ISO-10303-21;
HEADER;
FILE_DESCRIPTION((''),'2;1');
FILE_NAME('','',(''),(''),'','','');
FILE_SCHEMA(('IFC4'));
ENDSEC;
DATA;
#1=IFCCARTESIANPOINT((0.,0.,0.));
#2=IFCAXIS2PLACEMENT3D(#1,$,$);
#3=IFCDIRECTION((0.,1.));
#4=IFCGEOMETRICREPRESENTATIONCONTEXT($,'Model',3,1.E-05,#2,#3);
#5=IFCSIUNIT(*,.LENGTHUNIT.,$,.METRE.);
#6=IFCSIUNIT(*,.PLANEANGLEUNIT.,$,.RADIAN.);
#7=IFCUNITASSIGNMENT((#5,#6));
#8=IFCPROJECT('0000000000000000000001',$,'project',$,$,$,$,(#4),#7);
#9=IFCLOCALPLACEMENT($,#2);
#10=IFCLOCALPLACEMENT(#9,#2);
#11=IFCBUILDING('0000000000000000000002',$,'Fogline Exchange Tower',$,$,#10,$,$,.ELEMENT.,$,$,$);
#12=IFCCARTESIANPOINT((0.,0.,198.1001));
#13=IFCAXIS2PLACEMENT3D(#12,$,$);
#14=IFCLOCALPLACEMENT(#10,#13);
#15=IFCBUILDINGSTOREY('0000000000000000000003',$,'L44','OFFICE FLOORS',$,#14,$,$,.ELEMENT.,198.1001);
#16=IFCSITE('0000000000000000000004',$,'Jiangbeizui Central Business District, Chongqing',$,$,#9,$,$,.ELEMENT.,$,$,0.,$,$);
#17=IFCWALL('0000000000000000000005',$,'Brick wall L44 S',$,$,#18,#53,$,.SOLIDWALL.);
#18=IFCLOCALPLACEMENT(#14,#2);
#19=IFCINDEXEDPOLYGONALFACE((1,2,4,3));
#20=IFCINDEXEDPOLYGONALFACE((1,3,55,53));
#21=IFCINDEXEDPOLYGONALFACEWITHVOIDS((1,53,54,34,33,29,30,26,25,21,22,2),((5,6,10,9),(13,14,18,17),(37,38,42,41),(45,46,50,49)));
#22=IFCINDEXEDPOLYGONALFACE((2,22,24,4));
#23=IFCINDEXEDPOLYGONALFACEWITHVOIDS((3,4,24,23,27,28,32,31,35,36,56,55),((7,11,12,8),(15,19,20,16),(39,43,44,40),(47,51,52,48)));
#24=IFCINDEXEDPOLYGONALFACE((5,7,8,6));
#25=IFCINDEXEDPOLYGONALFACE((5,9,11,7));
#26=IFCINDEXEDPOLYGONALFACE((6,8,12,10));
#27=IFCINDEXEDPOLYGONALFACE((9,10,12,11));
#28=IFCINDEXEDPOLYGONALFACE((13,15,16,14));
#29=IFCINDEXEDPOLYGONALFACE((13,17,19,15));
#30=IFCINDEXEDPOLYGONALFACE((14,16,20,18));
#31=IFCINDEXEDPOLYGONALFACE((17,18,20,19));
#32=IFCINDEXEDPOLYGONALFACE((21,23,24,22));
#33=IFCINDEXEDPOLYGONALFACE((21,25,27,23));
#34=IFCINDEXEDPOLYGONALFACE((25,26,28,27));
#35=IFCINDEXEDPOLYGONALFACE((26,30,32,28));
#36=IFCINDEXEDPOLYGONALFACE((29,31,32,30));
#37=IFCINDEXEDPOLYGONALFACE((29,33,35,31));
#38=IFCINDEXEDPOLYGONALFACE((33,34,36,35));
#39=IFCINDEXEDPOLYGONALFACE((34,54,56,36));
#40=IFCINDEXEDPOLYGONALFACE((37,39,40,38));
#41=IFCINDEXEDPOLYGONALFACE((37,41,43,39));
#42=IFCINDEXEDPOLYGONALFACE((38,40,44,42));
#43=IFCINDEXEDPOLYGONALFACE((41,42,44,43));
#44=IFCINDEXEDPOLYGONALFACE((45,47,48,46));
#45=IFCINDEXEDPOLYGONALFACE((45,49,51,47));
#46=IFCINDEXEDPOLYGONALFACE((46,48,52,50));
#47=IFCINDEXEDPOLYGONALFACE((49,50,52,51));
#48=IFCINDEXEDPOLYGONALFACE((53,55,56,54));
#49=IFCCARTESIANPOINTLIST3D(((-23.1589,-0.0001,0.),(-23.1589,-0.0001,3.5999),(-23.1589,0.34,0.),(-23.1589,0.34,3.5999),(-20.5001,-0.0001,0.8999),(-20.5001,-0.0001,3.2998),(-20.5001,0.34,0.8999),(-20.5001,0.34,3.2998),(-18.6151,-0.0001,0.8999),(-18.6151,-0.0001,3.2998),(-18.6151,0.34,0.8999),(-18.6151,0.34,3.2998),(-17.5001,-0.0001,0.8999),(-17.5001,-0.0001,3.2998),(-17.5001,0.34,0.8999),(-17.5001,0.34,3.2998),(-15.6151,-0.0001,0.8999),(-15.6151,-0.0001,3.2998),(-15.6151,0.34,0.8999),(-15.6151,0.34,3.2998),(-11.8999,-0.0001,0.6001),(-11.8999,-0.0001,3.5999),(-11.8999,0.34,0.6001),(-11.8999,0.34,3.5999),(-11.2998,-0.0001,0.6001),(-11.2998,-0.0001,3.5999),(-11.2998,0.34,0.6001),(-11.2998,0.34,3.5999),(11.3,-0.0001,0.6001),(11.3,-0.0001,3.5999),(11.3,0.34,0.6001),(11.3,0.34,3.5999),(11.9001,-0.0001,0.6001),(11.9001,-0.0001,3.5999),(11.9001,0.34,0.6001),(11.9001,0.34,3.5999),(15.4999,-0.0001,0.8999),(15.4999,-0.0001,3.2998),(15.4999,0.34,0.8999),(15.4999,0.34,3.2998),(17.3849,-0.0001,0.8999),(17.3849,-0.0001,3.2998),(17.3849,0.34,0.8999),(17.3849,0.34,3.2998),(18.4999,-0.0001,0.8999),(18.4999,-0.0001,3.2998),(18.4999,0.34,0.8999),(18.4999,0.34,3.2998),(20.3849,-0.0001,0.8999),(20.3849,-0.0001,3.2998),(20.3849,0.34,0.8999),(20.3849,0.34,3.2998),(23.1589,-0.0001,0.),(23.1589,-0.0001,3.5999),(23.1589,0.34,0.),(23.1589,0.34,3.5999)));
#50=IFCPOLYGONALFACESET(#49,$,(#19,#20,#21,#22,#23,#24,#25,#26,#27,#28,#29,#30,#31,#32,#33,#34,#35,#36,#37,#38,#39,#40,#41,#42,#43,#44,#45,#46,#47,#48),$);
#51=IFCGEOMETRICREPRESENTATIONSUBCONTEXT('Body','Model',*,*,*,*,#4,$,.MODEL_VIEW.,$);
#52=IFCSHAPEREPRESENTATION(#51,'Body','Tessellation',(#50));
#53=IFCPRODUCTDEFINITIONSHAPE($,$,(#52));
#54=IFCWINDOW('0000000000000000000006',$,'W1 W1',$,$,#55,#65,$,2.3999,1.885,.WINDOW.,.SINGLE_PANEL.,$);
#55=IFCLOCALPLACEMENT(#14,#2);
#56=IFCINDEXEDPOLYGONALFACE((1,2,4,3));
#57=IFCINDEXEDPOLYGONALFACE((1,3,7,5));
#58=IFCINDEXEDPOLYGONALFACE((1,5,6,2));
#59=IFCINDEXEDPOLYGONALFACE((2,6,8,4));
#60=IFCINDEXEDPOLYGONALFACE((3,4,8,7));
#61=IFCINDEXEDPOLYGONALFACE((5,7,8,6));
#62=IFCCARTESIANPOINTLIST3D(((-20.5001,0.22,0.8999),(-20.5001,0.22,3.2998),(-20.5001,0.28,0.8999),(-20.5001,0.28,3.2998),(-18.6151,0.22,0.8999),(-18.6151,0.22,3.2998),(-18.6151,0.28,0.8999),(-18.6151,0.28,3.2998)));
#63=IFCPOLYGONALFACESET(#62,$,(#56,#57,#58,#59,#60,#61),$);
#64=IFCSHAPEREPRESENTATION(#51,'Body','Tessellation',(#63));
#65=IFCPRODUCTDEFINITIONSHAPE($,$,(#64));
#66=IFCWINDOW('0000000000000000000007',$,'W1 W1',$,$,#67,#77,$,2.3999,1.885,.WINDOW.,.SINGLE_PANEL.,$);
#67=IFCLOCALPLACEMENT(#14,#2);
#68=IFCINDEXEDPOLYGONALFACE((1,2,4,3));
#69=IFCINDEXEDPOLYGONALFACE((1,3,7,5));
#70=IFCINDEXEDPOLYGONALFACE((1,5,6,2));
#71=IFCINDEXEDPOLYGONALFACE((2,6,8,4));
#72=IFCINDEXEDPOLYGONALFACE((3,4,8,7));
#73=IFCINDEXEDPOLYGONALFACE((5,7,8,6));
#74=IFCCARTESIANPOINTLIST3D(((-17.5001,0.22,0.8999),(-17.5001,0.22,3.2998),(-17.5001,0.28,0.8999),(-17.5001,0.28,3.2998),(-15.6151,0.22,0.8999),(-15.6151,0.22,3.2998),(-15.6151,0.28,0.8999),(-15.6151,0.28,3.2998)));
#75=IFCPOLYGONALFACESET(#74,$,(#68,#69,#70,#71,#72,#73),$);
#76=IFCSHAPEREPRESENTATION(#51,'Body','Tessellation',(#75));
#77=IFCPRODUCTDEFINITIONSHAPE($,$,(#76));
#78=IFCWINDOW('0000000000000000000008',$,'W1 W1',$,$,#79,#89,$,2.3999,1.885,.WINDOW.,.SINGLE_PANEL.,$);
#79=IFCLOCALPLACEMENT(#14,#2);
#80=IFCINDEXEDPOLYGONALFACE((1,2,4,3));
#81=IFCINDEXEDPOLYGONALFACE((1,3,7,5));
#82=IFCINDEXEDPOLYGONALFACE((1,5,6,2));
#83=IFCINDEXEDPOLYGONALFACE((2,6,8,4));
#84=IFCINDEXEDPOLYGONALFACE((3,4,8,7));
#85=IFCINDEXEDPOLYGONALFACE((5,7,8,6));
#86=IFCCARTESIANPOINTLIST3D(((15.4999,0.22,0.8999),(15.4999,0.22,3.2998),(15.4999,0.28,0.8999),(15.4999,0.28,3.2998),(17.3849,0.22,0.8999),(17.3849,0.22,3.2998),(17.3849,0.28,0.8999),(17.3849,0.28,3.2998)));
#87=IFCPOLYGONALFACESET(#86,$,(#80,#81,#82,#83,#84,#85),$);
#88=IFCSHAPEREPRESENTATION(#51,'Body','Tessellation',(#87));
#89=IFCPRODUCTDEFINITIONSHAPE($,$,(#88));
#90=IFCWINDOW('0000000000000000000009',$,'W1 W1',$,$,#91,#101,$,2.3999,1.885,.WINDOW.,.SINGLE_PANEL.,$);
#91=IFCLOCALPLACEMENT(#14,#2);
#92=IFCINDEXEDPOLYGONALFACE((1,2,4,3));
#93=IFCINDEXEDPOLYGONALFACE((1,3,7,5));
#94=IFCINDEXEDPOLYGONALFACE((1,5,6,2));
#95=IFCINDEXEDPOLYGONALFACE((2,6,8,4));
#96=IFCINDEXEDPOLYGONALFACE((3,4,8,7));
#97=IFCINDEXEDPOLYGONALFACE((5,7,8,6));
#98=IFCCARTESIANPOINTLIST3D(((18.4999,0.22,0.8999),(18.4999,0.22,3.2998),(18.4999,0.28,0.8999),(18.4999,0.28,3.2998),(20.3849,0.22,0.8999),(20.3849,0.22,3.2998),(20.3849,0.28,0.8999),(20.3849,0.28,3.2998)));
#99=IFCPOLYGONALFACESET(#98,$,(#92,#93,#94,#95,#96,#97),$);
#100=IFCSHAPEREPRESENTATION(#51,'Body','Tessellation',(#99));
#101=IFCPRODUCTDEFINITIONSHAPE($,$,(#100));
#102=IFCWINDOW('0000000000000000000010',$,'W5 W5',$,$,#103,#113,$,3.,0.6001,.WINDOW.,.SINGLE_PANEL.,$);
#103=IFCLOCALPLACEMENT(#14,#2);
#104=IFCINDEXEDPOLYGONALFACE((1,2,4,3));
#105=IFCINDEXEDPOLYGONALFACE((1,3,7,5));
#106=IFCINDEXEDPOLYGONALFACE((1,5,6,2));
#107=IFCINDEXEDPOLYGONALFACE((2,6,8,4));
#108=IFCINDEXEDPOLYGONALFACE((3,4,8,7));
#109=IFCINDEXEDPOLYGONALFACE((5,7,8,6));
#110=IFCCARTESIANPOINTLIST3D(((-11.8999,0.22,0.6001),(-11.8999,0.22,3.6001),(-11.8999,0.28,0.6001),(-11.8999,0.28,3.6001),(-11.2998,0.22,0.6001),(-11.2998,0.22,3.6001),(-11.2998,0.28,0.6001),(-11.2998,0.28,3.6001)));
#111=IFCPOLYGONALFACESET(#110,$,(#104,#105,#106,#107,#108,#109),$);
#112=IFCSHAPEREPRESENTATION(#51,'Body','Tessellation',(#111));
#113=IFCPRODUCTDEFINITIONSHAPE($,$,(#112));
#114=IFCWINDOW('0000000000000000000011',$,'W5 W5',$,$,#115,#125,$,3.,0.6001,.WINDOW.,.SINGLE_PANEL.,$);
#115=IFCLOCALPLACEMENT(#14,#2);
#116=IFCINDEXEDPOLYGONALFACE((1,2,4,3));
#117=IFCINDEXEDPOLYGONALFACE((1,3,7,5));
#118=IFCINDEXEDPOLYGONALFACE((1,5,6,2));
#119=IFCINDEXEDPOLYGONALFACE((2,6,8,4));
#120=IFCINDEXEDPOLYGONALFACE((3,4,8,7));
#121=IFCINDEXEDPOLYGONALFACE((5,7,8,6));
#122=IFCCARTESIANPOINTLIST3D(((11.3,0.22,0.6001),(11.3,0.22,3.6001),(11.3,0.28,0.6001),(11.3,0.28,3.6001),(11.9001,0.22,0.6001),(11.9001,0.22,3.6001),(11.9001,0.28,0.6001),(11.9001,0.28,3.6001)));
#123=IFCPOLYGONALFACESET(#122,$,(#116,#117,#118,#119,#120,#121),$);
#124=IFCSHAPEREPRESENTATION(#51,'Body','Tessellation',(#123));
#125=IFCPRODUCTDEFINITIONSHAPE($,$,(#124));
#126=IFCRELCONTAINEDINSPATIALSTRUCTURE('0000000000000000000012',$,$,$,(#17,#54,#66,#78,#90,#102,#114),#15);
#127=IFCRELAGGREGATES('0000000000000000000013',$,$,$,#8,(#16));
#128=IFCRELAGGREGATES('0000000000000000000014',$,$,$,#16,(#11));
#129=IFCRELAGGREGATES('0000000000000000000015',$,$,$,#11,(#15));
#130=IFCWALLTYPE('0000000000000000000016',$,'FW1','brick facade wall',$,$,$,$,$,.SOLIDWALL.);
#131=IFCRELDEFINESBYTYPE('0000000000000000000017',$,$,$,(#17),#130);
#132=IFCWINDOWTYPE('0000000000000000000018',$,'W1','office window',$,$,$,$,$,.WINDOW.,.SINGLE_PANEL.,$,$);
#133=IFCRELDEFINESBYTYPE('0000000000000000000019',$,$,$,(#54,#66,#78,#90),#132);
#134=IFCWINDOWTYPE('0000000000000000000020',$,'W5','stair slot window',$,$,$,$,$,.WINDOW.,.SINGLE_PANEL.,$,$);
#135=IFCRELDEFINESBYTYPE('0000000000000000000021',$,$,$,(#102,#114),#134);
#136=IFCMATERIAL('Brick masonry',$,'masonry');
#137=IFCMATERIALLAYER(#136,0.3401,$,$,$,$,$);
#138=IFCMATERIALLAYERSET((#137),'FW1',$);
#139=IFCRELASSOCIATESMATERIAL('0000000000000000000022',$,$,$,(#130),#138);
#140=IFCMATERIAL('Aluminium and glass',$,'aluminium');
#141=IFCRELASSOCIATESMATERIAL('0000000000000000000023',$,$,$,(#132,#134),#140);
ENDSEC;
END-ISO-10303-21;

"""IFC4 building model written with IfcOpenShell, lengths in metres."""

from ifc_helpers import new_model, si_unit, direction, frame, frame_2d, origin, place, context, subcontext, project, spatial, rectangle, extrude, material, layer, layer_set, type_object, element, fill, save


model = new_model("IFC4")

# Units and contexts
model_context = context("Model", 3, precision=1e-05, world=origin(), true_north=direction((0.0, 1.0)))
body_context = subcontext(model_context, "Body", "Model", "MODEL_VIEW")
ifc_project = project(units=[si_unit("LENGTHUNIT", "METRE"), si_unit("PLANEANGLEUNIT", "RADIAN")], contexts=[model_context])

# Site, building, storey
site_placement = place(None, origin())
site = spatial("IfcSite", under=ifc_project, at=site_placement, Name="Jiangbeizui Central Business District, Chongqing", CompositionType="ELEMENT", RefElevation=0.0)
building_placement = place(site_placement, origin())
building = spatial("IfcBuilding", under=site, at=building_placement, Name="Fogline Exchange Tower", CompositionType="ELEMENT")
storey_placement = place(building_placement, frame((0.0, 0.0, 198.1001)))
storey = spatial("IfcBuildingStorey", under=building, at=storey_placement, Name="L44", Description="OFFICE FLOORS", CompositionType="ELEMENT", Elevation=198.1001)

# Shared definitions
ifc_material_1 = material(Name="Brick masonry", Category="masonry")
ifc_layer = layer(ifc_material_1, 0.3401)
ifc_layer_set = layer_set([ifc_layer], Name="FW1")
wall_type = type_object("IfcWallType", Name="FW1", Description="brick facade wall", PredefinedType="SOLIDWALL", material=ifc_layer_set)
ifc_material_2 = material(Name="Aluminium and glass", Category="aluminium")

# Wall, openings, windows
wall_1_placement = place(storey_placement, frame((-23.1589, 0.1699, 0.0), z_axis=(0.0, 0.0, 1.0), x_axis=(1.0, 0.0, 0.0)))
wall_1 = element("IfcWall", 1, at=wall_1_placement, inside=storey, type_object=wall_type, Name="Brick wall L44 S", PredefinedType="SOLIDWALL", context=body_context, shape_type="SweptSolid", body=[
    extrude(rectangle(XDim=46.3179, YDim=0.3401, at=frame_2d((23.1589, 0.0))), origin(), (0.0, 0.0, 1.0), 3.5999),
])
opening_1_placement = place(wall_1_placement, frame((2.6589, 0.0, 0.8999)))
opening_1 = element("IfcOpeningElement", 2, at=opening_1_placement, cuts=wall_1, PredefinedType="OPENING", context=body_context, shape_type="SweptSolid", body=[
    extrude(rectangle(XDim=1.885, YDim=2.3999, at=frame_2d((0.9424, 1.2))), frame((0.0, 0.1802, 0.0), z_axis=(0.0, -1.0, 0.0), x_axis=(1.0, 0.0, 0.0)), (0.0, 0.0, 1.0), 0.3601),
])
opening_2_placement = place(wall_1_placement, frame((5.6589, 0.0, 0.8999)))
opening_2 = element("IfcOpeningElement", 3, at=opening_2_placement, cuts=wall_1, PredefinedType="OPENING", context=body_context, shape_type="SweptSolid", body=[
    extrude(rectangle(XDim=1.885, YDim=2.3999, at=frame_2d((0.9424, 1.2))), frame((0.0, 0.1802, 0.0), z_axis=(0.0, -1.0, 0.0), x_axis=(1.0, 0.0, 0.0)), (0.0, 0.0, 1.0), 0.3601),
])
opening_3_placement = place(wall_1_placement, frame((38.6589, 0.0, 0.8999)))
opening_3 = element("IfcOpeningElement", 4, at=opening_3_placement, cuts=wall_1, PredefinedType="OPENING", context=body_context, shape_type="SweptSolid", body=[
    extrude(rectangle(XDim=1.885, YDim=2.3999, at=frame_2d((0.9424, 1.2))), frame((0.0, 0.1802, 0.0), z_axis=(0.0, -1.0, 0.0), x_axis=(1.0, 0.0, 0.0)), (0.0, 0.0, 1.0), 0.3601),
])
opening_4_placement = place(wall_1_placement, frame((41.6589, 0.0, 0.8999)))
opening_4 = element("IfcOpeningElement", 5, at=opening_4_placement, cuts=wall_1, PredefinedType="OPENING", context=body_context, shape_type="SweptSolid", body=[
    extrude(rectangle(XDim=1.885, YDim=2.3999, at=frame_2d((0.9424, 1.2))), frame((0.0, 0.1802, 0.0), z_axis=(0.0, -1.0, 0.0), x_axis=(1.0, 0.0, 0.0)), (0.0, 0.0, 1.0), 0.3601),
])
opening_5_placement = place(wall_1_placement, frame((11.259, 0.0, 0.6001)))
opening_5 = element("IfcOpeningElement", 6, at=opening_5_placement, cuts=wall_1, PredefinedType="OPENING", context=body_context, shape_type="SweptSolid", body=[
    extrude(rectangle(XDim=0.6001, YDim=3.0, at=frame_2d((0.3, 1.5))), frame((0.0, 0.1802, 0.0), z_axis=(0.0, -1.0, 0.0), x_axis=(1.0, 0.0, 0.0)), (0.0, 0.0, 1.0), 0.3601),
])
opening_6_placement = place(wall_1_placement, frame((34.459, 0.0, 0.6001)))
opening_6 = element("IfcOpeningElement", 7, at=opening_6_placement, cuts=wall_1, PredefinedType="OPENING", context=body_context, shape_type="SweptSolid", body=[
    extrude(rectangle(XDim=0.6001, YDim=3.0, at=frame_2d((0.3, 1.5))), frame((0.0, 0.1802, 0.0), z_axis=(0.0, -1.0, 0.0), x_axis=(1.0, 0.0, 0.0)), (0.0, 0.0, 1.0), 0.3601),
])
window_type_1 = type_object("IfcWindowType", Name="W1", Description="office window", PartitioningType="SINGLE_PANEL", PredefinedType="WINDOW", material=ifc_material_2)
window_1_placement = place(opening_1_placement, origin())
window_1 = element("IfcWindow", 8, at=window_1_placement, inside=storey, type_object=window_type_1, Name="W1 W1", OverallHeight=2.3999, OverallWidth=1.885, PartitioningType="SINGLE_PANEL", PredefinedType="WINDOW", context=body_context, shape_type="SweptSolid", body=[
    extrude(rectangle(XDim=1.885, YDim=2.3999, at=frame_2d((0.9424, 1.2))), frame((0.0, 0.1101, 0.0), z_axis=(0.0, -1.0, 0.0), x_axis=(1.0, 0.0, 0.0)), (0.0, 0.0, 1.0), 0.0601),
])
fill(opening_1, window_1)
window_2_placement = place(opening_2_placement, origin())
window_2 = element("IfcWindow", 9, at=window_2_placement, inside=storey, type_object=window_type_1, Name="W1 W1", OverallHeight=2.3999, OverallWidth=1.885, PartitioningType="SINGLE_PANEL", PredefinedType="WINDOW", context=body_context, shape_type="SweptSolid", body=[
    extrude(rectangle(XDim=1.885, YDim=2.3999, at=frame_2d((0.9424, 1.2))), frame((0.0, 0.1101, 0.0), z_axis=(0.0, -1.0, 0.0), x_axis=(1.0, 0.0, 0.0)), (0.0, 0.0, 1.0), 0.0601),
])
fill(opening_2, window_2)
window_3_placement = place(opening_3_placement, origin())
window_3 = element("IfcWindow", 10, at=window_3_placement, inside=storey, type_object=window_type_1, Name="W1 W1", OverallHeight=2.3999, OverallWidth=1.885, PartitioningType="SINGLE_PANEL", PredefinedType="WINDOW", context=body_context, shape_type="SweptSolid", body=[
    extrude(rectangle(XDim=1.885, YDim=2.3999, at=frame_2d((0.9424, 1.2))), frame((0.0, 0.1101, 0.0), z_axis=(0.0, -1.0, 0.0), x_axis=(1.0, 0.0, 0.0)), (0.0, 0.0, 1.0), 0.0601),
])
fill(opening_3, window_3)
window_4_placement = place(opening_4_placement, origin())
window_4 = element("IfcWindow", 11, at=window_4_placement, inside=storey, type_object=window_type_1, Name="W1 W1", OverallHeight=2.3999, OverallWidth=1.885, PartitioningType="SINGLE_PANEL", PredefinedType="WINDOW", context=body_context, shape_type="SweptSolid", body=[
    extrude(rectangle(XDim=1.885, YDim=2.3999, at=frame_2d((0.9424, 1.2))), frame((0.0, 0.1101, 0.0), z_axis=(0.0, -1.0, 0.0), x_axis=(1.0, 0.0, 0.0)), (0.0, 0.0, 1.0), 0.0601),
])
fill(opening_4, window_4)
window_type_2 = type_object("IfcWindowType", Name="W5", Description="stair slot window", PartitioningType="SINGLE_PANEL", PredefinedType="WINDOW", material=ifc_material_2)
window_5_placement = place(opening_5_placement, origin())
window_5 = element("IfcWindow", 12, at=window_5_placement, inside=storey, type_object=window_type_2, Name="W5 W5", OverallHeight=3.0, OverallWidth=0.6001, PartitioningType="SINGLE_PANEL", PredefinedType="WINDOW", context=body_context, shape_type="SweptSolid", body=[
    extrude(rectangle(XDim=0.6001, YDim=3.0, at=frame_2d((0.3, 1.5))), frame((0.0, 0.1101, 0.0), z_axis=(0.0, -1.0, 0.0), x_axis=(1.0, 0.0, 0.0)), (0.0, 0.0, 1.0), 0.0601),
])
fill(opening_5, window_5)
window_6_placement = place(opening_6_placement, origin())
window_6 = element("IfcWindow", 13, at=window_6_placement, inside=storey, type_object=window_type_2, Name="W5 W5", OverallHeight=3.0, OverallWidth=0.6001, PartitioningType="SINGLE_PANEL", PredefinedType="WINDOW", context=body_context, shape_type="SweptSolid", body=[
    extrude(rectangle(XDim=0.6001, YDim=3.0, at=frame_2d((0.3, 1.5))), frame((0.0, 0.1101, 0.0), z_axis=(0.0, -1.0, 0.0), x_axis=(1.0, 0.0, 0.0)), (0.0, 0.0, 1.0), 0.0601),
])
fill(opening_6, window_6)

save(model, "model.ifc")
